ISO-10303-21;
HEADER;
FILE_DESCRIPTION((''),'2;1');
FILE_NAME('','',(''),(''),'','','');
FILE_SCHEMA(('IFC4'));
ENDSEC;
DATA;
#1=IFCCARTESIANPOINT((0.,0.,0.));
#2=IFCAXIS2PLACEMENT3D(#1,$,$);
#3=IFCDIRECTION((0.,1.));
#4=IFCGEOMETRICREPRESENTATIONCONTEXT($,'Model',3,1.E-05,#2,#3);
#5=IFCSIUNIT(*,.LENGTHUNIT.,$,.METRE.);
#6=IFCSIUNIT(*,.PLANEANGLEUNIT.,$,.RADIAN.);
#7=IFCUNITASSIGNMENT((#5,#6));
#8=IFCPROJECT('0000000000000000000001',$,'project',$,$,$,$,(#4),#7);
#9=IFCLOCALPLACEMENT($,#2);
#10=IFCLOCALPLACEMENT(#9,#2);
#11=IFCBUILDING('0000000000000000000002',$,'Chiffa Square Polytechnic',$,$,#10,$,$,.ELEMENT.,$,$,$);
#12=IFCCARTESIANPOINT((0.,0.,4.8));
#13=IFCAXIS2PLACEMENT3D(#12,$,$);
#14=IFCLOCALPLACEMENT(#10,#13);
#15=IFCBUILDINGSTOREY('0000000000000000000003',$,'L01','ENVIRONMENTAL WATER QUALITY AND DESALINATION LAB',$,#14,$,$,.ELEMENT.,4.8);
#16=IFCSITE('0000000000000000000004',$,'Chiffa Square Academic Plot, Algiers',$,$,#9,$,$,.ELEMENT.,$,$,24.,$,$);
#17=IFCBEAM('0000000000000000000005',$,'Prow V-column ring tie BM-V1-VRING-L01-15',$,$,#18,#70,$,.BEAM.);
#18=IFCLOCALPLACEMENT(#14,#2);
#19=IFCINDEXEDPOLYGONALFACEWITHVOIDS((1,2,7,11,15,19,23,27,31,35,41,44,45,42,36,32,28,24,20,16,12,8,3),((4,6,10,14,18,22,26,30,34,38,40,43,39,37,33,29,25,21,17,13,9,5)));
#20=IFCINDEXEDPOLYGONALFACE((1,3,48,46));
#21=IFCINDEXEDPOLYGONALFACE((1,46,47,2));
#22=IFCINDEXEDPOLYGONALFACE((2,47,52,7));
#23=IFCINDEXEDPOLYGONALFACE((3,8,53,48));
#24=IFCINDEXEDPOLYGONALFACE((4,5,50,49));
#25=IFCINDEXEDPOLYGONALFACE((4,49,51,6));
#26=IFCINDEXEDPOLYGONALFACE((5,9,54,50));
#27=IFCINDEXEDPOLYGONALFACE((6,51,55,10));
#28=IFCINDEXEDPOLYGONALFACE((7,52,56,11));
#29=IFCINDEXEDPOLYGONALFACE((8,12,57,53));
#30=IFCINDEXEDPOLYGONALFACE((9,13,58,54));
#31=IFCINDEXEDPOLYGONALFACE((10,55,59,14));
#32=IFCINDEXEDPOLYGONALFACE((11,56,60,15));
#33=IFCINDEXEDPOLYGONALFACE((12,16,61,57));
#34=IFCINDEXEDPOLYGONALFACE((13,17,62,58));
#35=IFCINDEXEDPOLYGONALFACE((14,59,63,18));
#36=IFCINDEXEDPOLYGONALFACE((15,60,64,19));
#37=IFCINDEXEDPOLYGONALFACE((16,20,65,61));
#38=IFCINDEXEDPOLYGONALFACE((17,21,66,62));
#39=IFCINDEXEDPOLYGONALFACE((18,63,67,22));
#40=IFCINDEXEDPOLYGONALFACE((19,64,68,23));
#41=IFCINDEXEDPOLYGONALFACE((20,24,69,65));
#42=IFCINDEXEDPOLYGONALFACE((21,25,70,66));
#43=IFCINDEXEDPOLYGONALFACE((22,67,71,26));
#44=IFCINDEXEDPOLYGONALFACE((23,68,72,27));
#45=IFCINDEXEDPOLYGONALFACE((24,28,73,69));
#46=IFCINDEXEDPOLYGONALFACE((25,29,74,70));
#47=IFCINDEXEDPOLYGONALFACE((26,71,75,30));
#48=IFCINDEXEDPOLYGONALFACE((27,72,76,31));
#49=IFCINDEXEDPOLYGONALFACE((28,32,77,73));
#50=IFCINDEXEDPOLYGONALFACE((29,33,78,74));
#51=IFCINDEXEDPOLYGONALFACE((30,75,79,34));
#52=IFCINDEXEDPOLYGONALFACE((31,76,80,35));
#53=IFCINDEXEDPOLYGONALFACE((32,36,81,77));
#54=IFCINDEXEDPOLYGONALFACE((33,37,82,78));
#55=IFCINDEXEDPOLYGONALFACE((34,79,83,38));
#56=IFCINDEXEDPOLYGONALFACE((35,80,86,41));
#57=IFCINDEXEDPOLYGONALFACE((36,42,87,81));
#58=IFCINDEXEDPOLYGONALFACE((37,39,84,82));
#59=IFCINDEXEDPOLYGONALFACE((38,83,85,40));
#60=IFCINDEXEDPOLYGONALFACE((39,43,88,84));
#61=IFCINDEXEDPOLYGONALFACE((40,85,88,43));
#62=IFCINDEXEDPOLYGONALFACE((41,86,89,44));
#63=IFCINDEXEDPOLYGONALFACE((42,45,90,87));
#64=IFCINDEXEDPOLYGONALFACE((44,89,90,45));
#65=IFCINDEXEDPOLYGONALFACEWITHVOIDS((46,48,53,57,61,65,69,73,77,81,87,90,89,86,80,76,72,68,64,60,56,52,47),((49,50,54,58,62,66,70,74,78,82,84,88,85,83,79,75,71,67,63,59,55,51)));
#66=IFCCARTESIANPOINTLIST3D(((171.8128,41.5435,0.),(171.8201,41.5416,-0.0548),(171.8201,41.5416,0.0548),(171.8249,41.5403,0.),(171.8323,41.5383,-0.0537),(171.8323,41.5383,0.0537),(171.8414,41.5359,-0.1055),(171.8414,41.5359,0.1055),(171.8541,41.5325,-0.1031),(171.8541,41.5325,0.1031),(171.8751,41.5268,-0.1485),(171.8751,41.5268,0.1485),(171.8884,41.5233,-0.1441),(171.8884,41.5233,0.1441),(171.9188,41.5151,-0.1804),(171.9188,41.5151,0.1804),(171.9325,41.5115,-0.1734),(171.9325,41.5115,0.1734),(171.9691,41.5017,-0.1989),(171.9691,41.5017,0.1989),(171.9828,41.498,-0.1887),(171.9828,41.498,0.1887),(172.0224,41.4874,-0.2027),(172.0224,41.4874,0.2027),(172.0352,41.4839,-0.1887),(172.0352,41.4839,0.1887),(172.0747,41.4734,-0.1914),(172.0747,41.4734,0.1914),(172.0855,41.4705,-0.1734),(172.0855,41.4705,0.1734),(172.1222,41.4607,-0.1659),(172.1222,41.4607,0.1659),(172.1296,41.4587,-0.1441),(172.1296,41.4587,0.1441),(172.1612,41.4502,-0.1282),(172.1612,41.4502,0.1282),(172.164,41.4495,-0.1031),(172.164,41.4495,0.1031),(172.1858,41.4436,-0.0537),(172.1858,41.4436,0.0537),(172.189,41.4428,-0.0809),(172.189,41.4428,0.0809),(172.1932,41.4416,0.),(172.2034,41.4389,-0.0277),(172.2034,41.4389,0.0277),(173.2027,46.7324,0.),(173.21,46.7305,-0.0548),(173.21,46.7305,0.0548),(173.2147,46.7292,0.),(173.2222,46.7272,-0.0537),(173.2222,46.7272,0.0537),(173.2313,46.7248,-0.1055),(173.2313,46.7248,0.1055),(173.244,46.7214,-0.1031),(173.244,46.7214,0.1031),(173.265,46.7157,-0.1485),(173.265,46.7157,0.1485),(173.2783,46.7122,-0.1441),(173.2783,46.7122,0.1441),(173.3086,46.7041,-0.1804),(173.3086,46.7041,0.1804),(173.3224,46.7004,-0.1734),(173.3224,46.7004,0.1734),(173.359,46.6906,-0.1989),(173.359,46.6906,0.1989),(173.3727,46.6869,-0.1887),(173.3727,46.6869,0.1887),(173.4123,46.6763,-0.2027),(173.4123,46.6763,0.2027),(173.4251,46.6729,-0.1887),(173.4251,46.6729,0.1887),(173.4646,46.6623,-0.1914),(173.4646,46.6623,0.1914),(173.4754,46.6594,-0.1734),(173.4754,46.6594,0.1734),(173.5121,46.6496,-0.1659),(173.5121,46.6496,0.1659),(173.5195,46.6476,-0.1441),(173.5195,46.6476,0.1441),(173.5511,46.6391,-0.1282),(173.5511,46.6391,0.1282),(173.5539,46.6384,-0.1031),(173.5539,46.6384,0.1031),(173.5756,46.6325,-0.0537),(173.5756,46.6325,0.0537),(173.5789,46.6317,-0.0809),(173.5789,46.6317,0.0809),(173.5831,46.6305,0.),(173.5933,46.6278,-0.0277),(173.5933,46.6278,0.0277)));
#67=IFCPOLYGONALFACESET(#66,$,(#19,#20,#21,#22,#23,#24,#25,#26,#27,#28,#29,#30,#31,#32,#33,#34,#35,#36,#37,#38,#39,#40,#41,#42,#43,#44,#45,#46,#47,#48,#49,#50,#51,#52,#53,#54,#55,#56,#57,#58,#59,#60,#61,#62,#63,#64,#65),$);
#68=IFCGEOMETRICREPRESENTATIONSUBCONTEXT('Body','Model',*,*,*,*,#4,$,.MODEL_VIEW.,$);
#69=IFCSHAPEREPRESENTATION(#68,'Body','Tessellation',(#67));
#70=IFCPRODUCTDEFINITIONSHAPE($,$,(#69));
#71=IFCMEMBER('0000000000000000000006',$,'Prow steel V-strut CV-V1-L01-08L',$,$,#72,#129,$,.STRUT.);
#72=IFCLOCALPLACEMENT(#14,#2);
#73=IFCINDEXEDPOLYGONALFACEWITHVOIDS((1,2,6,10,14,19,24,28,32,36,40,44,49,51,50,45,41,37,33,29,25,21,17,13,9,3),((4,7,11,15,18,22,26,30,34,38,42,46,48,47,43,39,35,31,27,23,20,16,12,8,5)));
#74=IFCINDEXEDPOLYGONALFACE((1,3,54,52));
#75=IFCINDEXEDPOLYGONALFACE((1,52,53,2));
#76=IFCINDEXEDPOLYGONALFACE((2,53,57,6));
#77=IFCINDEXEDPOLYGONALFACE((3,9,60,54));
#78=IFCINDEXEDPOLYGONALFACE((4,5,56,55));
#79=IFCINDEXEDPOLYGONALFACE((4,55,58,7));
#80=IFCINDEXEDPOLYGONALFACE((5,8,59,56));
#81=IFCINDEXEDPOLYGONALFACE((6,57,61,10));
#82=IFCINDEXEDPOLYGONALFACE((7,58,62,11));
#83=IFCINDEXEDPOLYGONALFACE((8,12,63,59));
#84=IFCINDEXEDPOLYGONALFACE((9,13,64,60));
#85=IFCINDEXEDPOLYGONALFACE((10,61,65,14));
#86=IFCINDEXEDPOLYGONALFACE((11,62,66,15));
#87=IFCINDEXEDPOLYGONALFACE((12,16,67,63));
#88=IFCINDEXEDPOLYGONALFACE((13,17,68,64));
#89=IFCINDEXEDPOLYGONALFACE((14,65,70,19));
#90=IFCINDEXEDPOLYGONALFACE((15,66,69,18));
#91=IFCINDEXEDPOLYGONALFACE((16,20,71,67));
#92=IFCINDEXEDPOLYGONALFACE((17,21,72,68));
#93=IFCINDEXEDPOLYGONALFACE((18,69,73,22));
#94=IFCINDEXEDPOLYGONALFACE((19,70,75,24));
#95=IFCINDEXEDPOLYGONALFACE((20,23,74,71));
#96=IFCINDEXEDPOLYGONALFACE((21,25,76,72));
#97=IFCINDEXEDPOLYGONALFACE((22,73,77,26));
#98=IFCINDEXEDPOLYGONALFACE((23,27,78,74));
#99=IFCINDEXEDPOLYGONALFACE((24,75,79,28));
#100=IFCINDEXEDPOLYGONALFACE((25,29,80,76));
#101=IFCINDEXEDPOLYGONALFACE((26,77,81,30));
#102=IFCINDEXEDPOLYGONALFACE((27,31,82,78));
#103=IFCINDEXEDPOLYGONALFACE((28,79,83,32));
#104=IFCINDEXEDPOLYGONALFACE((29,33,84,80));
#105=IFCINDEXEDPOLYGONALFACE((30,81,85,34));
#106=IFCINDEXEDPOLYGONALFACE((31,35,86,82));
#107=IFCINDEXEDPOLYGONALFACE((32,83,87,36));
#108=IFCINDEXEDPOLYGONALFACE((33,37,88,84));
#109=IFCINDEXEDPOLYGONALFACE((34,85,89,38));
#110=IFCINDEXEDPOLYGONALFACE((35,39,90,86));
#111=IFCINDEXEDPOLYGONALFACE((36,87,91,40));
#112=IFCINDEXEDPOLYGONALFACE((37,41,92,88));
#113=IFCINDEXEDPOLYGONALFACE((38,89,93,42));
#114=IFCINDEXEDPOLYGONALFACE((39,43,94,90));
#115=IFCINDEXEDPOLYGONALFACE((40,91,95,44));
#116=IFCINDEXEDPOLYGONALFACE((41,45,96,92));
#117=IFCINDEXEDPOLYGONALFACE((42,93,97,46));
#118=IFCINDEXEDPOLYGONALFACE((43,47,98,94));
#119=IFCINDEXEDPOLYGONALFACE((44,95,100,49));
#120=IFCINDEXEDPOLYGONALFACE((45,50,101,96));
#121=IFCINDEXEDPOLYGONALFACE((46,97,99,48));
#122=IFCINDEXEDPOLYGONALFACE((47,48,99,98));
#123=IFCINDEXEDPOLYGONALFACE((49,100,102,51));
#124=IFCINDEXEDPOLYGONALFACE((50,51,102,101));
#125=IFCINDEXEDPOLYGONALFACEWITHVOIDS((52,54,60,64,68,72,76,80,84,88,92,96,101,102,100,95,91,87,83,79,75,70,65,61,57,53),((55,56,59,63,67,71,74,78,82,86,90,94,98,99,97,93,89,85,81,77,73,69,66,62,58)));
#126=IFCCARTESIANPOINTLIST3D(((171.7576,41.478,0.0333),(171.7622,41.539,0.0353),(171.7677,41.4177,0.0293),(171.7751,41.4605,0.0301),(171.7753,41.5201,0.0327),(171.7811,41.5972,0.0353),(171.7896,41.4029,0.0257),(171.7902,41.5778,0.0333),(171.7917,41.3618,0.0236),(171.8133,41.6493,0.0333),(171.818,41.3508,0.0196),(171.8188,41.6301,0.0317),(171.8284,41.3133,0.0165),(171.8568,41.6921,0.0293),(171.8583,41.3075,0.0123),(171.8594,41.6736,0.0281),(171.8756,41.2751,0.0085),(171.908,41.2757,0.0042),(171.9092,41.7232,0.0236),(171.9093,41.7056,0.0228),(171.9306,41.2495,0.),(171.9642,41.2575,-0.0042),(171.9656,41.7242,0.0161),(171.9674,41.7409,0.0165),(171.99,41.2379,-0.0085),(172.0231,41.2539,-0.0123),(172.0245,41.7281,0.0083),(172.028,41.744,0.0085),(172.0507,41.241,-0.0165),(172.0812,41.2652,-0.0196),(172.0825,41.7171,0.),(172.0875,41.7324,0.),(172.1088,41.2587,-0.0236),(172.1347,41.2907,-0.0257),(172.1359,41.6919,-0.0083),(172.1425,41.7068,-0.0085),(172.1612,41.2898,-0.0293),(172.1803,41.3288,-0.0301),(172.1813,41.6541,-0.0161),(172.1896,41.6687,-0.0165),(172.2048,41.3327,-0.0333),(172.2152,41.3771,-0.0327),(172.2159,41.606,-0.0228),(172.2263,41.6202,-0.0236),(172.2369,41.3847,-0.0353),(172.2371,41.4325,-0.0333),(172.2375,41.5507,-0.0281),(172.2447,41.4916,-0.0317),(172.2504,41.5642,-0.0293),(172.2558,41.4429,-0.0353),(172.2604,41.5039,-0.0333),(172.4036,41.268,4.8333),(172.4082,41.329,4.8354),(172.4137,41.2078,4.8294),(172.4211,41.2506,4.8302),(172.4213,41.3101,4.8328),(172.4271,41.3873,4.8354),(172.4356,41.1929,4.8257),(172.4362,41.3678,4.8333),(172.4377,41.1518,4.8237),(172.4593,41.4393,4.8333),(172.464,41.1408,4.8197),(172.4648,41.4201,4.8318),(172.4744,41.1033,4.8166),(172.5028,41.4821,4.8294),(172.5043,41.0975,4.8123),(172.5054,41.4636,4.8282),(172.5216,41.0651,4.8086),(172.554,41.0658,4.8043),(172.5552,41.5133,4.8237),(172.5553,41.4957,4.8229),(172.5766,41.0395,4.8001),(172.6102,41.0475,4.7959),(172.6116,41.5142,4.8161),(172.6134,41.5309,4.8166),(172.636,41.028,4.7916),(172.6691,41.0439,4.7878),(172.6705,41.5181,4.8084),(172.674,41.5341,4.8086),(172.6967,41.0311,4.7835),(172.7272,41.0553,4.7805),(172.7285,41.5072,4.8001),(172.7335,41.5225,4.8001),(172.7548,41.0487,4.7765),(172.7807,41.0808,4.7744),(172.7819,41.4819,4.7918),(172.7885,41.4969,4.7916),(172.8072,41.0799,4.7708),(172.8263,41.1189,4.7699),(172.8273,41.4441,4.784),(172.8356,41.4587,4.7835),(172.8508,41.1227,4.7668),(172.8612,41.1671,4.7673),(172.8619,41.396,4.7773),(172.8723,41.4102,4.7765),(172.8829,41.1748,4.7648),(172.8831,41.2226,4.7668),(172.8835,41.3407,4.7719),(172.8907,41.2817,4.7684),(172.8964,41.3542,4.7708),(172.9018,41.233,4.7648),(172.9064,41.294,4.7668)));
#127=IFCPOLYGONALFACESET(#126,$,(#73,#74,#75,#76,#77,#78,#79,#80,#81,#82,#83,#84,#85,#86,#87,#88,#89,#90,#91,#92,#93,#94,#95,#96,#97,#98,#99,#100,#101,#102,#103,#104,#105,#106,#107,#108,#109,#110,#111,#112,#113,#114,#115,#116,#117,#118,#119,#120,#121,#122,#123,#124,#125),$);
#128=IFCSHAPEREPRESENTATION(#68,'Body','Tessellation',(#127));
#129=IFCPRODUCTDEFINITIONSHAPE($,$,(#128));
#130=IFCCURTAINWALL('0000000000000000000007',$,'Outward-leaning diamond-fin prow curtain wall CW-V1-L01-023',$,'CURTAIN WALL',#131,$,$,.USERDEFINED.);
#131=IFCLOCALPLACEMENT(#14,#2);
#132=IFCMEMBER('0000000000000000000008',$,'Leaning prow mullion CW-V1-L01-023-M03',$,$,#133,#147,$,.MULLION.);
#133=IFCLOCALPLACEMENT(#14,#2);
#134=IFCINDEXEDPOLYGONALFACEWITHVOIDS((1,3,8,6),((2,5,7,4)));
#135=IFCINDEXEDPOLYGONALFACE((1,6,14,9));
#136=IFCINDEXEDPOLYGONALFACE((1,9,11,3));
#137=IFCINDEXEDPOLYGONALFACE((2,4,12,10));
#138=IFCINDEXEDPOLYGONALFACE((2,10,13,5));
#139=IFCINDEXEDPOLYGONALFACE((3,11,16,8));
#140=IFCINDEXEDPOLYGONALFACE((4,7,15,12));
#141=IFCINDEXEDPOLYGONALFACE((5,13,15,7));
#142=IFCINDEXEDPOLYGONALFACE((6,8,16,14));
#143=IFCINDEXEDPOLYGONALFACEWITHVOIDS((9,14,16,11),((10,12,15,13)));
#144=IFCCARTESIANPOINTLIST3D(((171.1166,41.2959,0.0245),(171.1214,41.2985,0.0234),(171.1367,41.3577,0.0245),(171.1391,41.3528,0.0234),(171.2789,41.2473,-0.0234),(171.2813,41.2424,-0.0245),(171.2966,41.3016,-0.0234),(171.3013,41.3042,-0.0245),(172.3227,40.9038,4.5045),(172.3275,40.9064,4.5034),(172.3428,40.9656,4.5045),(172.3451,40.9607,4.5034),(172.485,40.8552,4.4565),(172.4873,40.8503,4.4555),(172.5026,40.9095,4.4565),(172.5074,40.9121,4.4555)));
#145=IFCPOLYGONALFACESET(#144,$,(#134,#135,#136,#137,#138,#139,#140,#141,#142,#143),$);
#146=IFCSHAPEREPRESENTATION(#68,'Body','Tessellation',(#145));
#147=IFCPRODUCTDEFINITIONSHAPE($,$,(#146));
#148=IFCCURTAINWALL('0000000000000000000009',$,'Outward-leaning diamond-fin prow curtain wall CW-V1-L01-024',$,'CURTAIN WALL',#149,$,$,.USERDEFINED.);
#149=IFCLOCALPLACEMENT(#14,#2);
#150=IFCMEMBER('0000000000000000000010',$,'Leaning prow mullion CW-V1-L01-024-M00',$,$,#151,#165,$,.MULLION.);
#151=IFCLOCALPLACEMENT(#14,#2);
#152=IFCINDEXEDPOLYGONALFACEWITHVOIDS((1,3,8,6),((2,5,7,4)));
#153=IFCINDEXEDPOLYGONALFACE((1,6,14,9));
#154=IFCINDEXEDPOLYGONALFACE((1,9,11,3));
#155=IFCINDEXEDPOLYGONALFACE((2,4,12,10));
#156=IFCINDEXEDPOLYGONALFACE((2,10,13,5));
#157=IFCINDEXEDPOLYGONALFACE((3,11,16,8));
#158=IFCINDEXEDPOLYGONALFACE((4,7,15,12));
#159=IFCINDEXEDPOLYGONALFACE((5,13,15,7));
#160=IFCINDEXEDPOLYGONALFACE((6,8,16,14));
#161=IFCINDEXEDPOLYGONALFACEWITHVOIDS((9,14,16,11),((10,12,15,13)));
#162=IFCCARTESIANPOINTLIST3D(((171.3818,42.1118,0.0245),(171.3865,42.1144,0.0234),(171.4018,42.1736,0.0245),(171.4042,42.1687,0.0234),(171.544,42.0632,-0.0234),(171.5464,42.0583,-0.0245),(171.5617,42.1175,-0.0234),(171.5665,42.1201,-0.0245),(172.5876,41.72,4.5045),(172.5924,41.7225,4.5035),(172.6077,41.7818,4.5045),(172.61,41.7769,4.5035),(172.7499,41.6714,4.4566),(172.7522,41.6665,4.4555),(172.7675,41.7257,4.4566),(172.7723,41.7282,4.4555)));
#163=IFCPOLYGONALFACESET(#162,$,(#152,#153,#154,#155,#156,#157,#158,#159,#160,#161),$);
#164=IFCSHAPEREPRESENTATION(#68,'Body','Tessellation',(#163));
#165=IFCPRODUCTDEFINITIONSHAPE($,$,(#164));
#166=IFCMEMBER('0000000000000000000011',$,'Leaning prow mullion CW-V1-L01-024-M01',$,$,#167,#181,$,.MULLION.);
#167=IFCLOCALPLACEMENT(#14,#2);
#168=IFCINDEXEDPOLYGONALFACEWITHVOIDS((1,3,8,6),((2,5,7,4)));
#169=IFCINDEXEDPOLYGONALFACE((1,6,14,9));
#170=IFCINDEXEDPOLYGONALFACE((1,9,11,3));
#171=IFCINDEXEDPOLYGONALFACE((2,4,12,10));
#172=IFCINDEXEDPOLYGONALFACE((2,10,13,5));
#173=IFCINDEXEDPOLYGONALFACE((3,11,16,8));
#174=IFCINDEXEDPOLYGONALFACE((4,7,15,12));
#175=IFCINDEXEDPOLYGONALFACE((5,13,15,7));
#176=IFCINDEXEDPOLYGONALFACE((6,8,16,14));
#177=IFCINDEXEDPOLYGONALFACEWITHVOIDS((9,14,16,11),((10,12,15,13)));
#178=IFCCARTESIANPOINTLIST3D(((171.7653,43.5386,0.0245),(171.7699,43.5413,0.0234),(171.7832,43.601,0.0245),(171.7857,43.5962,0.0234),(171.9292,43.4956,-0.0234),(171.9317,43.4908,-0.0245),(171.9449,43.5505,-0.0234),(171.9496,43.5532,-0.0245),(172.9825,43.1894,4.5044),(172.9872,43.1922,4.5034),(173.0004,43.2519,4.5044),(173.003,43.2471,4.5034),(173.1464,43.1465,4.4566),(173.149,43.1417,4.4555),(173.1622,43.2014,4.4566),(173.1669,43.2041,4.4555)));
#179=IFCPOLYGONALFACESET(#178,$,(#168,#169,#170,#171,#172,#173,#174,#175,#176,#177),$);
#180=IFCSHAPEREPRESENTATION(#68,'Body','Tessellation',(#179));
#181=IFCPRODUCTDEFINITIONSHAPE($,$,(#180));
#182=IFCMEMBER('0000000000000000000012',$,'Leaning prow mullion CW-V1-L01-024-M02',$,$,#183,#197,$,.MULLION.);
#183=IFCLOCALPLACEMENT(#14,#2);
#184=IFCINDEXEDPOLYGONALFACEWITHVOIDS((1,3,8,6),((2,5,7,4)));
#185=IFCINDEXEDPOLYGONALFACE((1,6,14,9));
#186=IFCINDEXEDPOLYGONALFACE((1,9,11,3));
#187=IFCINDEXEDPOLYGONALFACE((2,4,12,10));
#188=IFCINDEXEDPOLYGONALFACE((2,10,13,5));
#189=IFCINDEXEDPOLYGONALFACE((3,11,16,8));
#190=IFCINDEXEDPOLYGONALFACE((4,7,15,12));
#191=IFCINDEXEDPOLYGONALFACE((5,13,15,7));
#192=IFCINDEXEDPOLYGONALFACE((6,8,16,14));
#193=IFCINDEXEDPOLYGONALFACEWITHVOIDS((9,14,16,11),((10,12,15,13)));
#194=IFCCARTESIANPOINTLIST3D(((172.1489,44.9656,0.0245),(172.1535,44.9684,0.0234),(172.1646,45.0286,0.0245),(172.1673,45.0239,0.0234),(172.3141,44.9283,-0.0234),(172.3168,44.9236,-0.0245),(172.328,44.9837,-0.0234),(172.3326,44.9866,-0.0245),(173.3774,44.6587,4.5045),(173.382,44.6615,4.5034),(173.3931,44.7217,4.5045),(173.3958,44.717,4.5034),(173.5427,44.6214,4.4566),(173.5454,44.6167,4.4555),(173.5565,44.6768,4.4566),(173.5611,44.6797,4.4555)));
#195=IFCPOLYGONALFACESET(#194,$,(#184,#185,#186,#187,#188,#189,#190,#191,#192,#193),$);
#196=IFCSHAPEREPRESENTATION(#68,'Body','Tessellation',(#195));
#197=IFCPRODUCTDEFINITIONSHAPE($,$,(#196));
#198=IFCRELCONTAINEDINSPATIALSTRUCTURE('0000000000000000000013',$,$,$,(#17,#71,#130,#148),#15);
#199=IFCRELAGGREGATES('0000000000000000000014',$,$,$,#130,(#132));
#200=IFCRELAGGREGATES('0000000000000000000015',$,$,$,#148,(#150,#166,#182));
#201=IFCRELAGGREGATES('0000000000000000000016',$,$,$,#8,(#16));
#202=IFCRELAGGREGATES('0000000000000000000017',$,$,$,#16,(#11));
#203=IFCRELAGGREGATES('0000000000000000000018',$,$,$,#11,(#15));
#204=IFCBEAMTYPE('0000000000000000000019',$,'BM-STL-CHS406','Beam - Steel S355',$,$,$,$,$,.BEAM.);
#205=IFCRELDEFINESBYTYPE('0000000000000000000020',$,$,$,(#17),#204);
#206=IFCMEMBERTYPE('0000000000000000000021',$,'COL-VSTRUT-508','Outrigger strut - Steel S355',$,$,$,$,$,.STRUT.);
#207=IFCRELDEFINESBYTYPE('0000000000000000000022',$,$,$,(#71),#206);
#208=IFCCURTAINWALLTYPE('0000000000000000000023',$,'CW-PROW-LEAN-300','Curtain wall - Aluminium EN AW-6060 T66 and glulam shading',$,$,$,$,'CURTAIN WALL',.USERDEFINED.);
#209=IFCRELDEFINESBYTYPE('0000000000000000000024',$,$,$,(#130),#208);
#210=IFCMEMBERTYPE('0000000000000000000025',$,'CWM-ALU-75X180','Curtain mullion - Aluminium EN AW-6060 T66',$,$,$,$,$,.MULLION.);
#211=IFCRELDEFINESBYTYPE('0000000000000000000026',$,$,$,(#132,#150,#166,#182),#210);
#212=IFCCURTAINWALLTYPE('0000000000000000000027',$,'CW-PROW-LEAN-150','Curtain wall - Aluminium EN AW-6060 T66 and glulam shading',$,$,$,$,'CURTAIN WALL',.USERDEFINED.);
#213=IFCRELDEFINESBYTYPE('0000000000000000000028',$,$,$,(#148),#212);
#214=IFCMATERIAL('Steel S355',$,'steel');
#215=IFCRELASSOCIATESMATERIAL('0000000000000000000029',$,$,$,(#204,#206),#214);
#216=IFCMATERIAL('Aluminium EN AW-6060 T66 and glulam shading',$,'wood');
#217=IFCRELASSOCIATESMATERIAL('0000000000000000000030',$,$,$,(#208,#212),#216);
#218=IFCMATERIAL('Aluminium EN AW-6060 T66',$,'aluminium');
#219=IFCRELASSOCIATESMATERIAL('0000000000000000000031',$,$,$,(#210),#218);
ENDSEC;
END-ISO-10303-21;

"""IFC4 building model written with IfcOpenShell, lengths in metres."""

from ifc_helpers import new_model, si_unit, direction, frame, origin, origin_2d, place, context, subcontext, project, spatial, hollow_rectangle, hollow_circle, extrude, material, material_profile, profile_set, type_object, element, aggregate, save


model = new_model("IFC4")

# Units and contexts
model_context = context("Model", 3, precision=1e-05, world=origin(), true_north=direction((0.0, 1.0)))
body_context = subcontext(model_context, "Body", "Model", "MODEL_VIEW")
ifc_project = project(units=[si_unit("LENGTHUNIT", "METRE"), si_unit("PLANEANGLEUNIT", "RADIAN")], contexts=[model_context])

# Site, building, storey
site_placement = place(None, origin())
site = spatial("IfcSite", under=ifc_project, at=site_placement, Name="Chiffa Square Academic Plot, Algiers", CompositionType="ELEMENT", RefElevation=24.0)
building_placement = place(site_placement, origin())
building = spatial("IfcBuilding", under=site, at=building_placement, Name="Chiffa Square Polytechnic", CompositionType="ELEMENT")
storey_placement = place(building_placement, frame((0.0, 0.0, 4.8)))
storey = spatial("IfcBuildingStorey", under=building, at=storey_placement, Name="L01", Description="ENVIRONMENTAL WATER QUALITY AND DESALINATION LAB", CompositionType="ELEMENT", Elevation=4.8)

# Beam
ifc_material_1 = material(Name="Steel S355", Category="steel")
ifc_material_profile_1 = material_profile(ifc_material_1, hollow_circle(Radius=0.2031, WallThickness=0.0125, at=origin_2d()), Name="CHS 406.4x12.5")
ifc_profile_set_1 = profile_set([ifc_material_profile_1], Name="Steel S355")
beam_type = type_object("IfcBeamType", Name="BM-STL-CHS406", Description="Beam - Steel S355", PredefinedType="BEAM", material=ifc_profile_set_1)
beam_placement = place(storey_placement, frame((172.009, 41.491, 0.0), z_axis=(0.258735, 0.965948, 0.0), x_axis=(-0.965948, 0.258735, 0.0)))
element("IfcBeam", 1, at=beam_placement, inside=storey, type_object=beam_type, Name="Prow V-column ring tie BM-V1-VRING-L01-15", PredefinedType="BEAM", context=body_context, shape_type="SweptSolid", body=[
    extrude(hollow_circle(Radius=0.2031, WallThickness=0.0125, at=origin_2d()), origin(), (0.0, 0.0, 1.0), 5.3718),
])

# Member
ifc_material_profile_2 = material_profile(ifc_material_1, hollow_circle(Radius=0.2539, WallThickness=0.0161, at=origin_2d()), Name="CHS 508x16")
ifc_profile_set_2 = profile_set([ifc_material_profile_2], Name="Steel S355")
member_type_1 = type_object("IfcMemberType", Name="COL-VSTRUT-508", Description="Outrigger strut - Steel S355", PredefinedType="STRUT", material=ifc_profile_set_2)
member_1_placement = place(storey_placement, frame((172.009, 41.491, 0.0), z_axis=(0.133254, -0.04331, 0.990135), x_axis=(0.309102, 0.951029, 0.0)))
element("IfcMember", 2, at=member_1_placement, inside=storey, type_object=member_type_1, Name="Prow steel V-strut CV-V1-L01-08L", PredefinedType="STRUT", context=body_context, shape_type="SweptSolid", body=[
    extrude(hollow_circle(Radius=0.2539, WallThickness=0.0161, at=origin_2d()), origin(), (0.0, 0.0, 1.0), 4.8479),
])

# Curtain wall, member
ifc_material_2 = material(Name="Aluminium EN AW-6060 T66 and glulam shading", Category="wood")
curtain_wall_type_1 = type_object("IfcCurtainWallType", Name="CW-PROW-LEAN-300", Description="Curtain wall - Aluminium EN AW-6060 T66 and glulam shading", ElementType="CURTAIN WALL", PredefinedType="USERDEFINED", material=ifc_material_2)
curtain_wall_1_placement = place(storey_placement, origin())
curtain_wall_1 = element("IfcCurtainWall", 3, at=curtain_wall_1_placement, inside=storey, type_object=curtain_wall_type_1, Name="Outward-leaning diamond-fin prow curtain wall CW-V1-L01-023", ObjectType="CURTAIN WALL", PredefinedType="USERDEFINED")
ifc_material_3 = material(Name="Aluminium EN AW-6060 T66", Category="aluminium")
ifc_material_profile_3 = material_profile(ifc_material_3, hollow_rectangle(XDim=0.0649, YDim=0.1799, WallThickness=0.0039, at=origin_2d()), Name="ALU 65x180x4")
ifc_profile_set_3 = profile_set([ifc_material_profile_3], Name="Aluminium EN AW-6060 T66")
member_type_2 = type_object("IfcMemberType", Name="CWM-ALU-75X180", Description="Curtain mullion - Aluminium EN AW-6060 T66", PredefinedType="MULLION", material=ifc_profile_set_3)
member_2_placement = place(storey_placement, frame((171.209, 41.3, 0.0), z_axis=(0.259031, -0.084211, 0.962191), x_axis=(0.309173, 0.951006, 0.0)))
member_2 = element("IfcMember", 4, at=member_2_placement, type_object=member_type_2, Name="Leaning prow mullion CW-V1-L01-023-M03", PredefinedType="MULLION", context=body_context, shape_type="SweptSolid", body=[
    extrude(hollow_rectangle(XDim=0.0649, YDim=0.1799, WallThickness=0.0039, at=origin_2d()), origin(), (0.0, 0.0, 1.0), 4.656),
])
aggregate(curtain_wall_1, [member_2])

# Curtain wall, members
curtain_wall_type_2 = type_object("IfcCurtainWallType", Name="CW-PROW-LEAN-150", Description="Curtain wall - Aluminium EN AW-6060 T66 and glulam shading", ElementType="CURTAIN WALL", PredefinedType="USERDEFINED", material=ifc_material_2)
curtain_wall_2_placement = place(storey_placement, origin())
curtain_wall_2 = element("IfcCurtainWall", 5, at=curtain_wall_2_placement, inside=storey, type_object=curtain_wall_type_2, Name="Outward-leaning diamond-fin prow curtain wall CW-V1-L01-024", ObjectType="CURTAIN WALL", PredefinedType="USERDEFINED")
member_3_placement = place(storey_placement, frame((171.4741, 42.116, 0.0), z_axis=(0.258983, -0.08416, 0.962208), x_axis=(0.309056, 0.951044, 0.0)))
member_3 = element("IfcMember", 6, at=member_3_placement, type_object=member_type_2, Name="Leaning prow mullion CW-V1-L01-024-M00", PredefinedType="MULLION", context=body_context, shape_type="SweptSolid", body=[
    extrude(hollow_rectangle(XDim=0.0649, YDim=0.1799, WallThickness=0.0039, at=origin_2d()), origin(), (0.0, 0.0, 1.0), 4.656),
])
member_4_placement = place(storey_placement, frame((171.8574, 43.5459, 0.0), z_axis=(0.261471, -0.074991, 0.962294), x_axis=(0.275689, 0.961247, 0.0)))
member_4 = element("IfcMember", 7, at=member_4_placement, type_object=member_type_2, Name="Leaning prow mullion CW-V1-L01-024-M01", PredefinedType="MULLION", context=body_context, shape_type="SweptSolid", body=[
    extrude(hollow_rectangle(XDim=0.0649, YDim=0.1799, WallThickness=0.0039, at=origin_2d()), origin(), (0.0, 0.0, 1.0), 4.6555),
])
member_5_placement = place(storey_placement, frame((172.2407, 44.9761, 0.0), z_axis=(0.263885, -0.065919, 0.962299), x_axis=(0.242354, 0.970188, 0.0)))
member_5 = element("IfcMember", 8, at=member_5_placement, type_object=member_type_2, Name="Leaning prow mullion CW-V1-L01-024-M02", PredefinedType="MULLION", context=body_context, shape_type="SweptSolid", body=[
    extrude(hollow_rectangle(XDim=0.0649, YDim=0.1799, WallThickness=0.0039, at=origin_2d()), origin(), (0.0, 0.0, 1.0), 4.6555),
])
aggregate(curtain_wall_2, [member_3, member_4, member_5])

save(model, "model.ifc")
